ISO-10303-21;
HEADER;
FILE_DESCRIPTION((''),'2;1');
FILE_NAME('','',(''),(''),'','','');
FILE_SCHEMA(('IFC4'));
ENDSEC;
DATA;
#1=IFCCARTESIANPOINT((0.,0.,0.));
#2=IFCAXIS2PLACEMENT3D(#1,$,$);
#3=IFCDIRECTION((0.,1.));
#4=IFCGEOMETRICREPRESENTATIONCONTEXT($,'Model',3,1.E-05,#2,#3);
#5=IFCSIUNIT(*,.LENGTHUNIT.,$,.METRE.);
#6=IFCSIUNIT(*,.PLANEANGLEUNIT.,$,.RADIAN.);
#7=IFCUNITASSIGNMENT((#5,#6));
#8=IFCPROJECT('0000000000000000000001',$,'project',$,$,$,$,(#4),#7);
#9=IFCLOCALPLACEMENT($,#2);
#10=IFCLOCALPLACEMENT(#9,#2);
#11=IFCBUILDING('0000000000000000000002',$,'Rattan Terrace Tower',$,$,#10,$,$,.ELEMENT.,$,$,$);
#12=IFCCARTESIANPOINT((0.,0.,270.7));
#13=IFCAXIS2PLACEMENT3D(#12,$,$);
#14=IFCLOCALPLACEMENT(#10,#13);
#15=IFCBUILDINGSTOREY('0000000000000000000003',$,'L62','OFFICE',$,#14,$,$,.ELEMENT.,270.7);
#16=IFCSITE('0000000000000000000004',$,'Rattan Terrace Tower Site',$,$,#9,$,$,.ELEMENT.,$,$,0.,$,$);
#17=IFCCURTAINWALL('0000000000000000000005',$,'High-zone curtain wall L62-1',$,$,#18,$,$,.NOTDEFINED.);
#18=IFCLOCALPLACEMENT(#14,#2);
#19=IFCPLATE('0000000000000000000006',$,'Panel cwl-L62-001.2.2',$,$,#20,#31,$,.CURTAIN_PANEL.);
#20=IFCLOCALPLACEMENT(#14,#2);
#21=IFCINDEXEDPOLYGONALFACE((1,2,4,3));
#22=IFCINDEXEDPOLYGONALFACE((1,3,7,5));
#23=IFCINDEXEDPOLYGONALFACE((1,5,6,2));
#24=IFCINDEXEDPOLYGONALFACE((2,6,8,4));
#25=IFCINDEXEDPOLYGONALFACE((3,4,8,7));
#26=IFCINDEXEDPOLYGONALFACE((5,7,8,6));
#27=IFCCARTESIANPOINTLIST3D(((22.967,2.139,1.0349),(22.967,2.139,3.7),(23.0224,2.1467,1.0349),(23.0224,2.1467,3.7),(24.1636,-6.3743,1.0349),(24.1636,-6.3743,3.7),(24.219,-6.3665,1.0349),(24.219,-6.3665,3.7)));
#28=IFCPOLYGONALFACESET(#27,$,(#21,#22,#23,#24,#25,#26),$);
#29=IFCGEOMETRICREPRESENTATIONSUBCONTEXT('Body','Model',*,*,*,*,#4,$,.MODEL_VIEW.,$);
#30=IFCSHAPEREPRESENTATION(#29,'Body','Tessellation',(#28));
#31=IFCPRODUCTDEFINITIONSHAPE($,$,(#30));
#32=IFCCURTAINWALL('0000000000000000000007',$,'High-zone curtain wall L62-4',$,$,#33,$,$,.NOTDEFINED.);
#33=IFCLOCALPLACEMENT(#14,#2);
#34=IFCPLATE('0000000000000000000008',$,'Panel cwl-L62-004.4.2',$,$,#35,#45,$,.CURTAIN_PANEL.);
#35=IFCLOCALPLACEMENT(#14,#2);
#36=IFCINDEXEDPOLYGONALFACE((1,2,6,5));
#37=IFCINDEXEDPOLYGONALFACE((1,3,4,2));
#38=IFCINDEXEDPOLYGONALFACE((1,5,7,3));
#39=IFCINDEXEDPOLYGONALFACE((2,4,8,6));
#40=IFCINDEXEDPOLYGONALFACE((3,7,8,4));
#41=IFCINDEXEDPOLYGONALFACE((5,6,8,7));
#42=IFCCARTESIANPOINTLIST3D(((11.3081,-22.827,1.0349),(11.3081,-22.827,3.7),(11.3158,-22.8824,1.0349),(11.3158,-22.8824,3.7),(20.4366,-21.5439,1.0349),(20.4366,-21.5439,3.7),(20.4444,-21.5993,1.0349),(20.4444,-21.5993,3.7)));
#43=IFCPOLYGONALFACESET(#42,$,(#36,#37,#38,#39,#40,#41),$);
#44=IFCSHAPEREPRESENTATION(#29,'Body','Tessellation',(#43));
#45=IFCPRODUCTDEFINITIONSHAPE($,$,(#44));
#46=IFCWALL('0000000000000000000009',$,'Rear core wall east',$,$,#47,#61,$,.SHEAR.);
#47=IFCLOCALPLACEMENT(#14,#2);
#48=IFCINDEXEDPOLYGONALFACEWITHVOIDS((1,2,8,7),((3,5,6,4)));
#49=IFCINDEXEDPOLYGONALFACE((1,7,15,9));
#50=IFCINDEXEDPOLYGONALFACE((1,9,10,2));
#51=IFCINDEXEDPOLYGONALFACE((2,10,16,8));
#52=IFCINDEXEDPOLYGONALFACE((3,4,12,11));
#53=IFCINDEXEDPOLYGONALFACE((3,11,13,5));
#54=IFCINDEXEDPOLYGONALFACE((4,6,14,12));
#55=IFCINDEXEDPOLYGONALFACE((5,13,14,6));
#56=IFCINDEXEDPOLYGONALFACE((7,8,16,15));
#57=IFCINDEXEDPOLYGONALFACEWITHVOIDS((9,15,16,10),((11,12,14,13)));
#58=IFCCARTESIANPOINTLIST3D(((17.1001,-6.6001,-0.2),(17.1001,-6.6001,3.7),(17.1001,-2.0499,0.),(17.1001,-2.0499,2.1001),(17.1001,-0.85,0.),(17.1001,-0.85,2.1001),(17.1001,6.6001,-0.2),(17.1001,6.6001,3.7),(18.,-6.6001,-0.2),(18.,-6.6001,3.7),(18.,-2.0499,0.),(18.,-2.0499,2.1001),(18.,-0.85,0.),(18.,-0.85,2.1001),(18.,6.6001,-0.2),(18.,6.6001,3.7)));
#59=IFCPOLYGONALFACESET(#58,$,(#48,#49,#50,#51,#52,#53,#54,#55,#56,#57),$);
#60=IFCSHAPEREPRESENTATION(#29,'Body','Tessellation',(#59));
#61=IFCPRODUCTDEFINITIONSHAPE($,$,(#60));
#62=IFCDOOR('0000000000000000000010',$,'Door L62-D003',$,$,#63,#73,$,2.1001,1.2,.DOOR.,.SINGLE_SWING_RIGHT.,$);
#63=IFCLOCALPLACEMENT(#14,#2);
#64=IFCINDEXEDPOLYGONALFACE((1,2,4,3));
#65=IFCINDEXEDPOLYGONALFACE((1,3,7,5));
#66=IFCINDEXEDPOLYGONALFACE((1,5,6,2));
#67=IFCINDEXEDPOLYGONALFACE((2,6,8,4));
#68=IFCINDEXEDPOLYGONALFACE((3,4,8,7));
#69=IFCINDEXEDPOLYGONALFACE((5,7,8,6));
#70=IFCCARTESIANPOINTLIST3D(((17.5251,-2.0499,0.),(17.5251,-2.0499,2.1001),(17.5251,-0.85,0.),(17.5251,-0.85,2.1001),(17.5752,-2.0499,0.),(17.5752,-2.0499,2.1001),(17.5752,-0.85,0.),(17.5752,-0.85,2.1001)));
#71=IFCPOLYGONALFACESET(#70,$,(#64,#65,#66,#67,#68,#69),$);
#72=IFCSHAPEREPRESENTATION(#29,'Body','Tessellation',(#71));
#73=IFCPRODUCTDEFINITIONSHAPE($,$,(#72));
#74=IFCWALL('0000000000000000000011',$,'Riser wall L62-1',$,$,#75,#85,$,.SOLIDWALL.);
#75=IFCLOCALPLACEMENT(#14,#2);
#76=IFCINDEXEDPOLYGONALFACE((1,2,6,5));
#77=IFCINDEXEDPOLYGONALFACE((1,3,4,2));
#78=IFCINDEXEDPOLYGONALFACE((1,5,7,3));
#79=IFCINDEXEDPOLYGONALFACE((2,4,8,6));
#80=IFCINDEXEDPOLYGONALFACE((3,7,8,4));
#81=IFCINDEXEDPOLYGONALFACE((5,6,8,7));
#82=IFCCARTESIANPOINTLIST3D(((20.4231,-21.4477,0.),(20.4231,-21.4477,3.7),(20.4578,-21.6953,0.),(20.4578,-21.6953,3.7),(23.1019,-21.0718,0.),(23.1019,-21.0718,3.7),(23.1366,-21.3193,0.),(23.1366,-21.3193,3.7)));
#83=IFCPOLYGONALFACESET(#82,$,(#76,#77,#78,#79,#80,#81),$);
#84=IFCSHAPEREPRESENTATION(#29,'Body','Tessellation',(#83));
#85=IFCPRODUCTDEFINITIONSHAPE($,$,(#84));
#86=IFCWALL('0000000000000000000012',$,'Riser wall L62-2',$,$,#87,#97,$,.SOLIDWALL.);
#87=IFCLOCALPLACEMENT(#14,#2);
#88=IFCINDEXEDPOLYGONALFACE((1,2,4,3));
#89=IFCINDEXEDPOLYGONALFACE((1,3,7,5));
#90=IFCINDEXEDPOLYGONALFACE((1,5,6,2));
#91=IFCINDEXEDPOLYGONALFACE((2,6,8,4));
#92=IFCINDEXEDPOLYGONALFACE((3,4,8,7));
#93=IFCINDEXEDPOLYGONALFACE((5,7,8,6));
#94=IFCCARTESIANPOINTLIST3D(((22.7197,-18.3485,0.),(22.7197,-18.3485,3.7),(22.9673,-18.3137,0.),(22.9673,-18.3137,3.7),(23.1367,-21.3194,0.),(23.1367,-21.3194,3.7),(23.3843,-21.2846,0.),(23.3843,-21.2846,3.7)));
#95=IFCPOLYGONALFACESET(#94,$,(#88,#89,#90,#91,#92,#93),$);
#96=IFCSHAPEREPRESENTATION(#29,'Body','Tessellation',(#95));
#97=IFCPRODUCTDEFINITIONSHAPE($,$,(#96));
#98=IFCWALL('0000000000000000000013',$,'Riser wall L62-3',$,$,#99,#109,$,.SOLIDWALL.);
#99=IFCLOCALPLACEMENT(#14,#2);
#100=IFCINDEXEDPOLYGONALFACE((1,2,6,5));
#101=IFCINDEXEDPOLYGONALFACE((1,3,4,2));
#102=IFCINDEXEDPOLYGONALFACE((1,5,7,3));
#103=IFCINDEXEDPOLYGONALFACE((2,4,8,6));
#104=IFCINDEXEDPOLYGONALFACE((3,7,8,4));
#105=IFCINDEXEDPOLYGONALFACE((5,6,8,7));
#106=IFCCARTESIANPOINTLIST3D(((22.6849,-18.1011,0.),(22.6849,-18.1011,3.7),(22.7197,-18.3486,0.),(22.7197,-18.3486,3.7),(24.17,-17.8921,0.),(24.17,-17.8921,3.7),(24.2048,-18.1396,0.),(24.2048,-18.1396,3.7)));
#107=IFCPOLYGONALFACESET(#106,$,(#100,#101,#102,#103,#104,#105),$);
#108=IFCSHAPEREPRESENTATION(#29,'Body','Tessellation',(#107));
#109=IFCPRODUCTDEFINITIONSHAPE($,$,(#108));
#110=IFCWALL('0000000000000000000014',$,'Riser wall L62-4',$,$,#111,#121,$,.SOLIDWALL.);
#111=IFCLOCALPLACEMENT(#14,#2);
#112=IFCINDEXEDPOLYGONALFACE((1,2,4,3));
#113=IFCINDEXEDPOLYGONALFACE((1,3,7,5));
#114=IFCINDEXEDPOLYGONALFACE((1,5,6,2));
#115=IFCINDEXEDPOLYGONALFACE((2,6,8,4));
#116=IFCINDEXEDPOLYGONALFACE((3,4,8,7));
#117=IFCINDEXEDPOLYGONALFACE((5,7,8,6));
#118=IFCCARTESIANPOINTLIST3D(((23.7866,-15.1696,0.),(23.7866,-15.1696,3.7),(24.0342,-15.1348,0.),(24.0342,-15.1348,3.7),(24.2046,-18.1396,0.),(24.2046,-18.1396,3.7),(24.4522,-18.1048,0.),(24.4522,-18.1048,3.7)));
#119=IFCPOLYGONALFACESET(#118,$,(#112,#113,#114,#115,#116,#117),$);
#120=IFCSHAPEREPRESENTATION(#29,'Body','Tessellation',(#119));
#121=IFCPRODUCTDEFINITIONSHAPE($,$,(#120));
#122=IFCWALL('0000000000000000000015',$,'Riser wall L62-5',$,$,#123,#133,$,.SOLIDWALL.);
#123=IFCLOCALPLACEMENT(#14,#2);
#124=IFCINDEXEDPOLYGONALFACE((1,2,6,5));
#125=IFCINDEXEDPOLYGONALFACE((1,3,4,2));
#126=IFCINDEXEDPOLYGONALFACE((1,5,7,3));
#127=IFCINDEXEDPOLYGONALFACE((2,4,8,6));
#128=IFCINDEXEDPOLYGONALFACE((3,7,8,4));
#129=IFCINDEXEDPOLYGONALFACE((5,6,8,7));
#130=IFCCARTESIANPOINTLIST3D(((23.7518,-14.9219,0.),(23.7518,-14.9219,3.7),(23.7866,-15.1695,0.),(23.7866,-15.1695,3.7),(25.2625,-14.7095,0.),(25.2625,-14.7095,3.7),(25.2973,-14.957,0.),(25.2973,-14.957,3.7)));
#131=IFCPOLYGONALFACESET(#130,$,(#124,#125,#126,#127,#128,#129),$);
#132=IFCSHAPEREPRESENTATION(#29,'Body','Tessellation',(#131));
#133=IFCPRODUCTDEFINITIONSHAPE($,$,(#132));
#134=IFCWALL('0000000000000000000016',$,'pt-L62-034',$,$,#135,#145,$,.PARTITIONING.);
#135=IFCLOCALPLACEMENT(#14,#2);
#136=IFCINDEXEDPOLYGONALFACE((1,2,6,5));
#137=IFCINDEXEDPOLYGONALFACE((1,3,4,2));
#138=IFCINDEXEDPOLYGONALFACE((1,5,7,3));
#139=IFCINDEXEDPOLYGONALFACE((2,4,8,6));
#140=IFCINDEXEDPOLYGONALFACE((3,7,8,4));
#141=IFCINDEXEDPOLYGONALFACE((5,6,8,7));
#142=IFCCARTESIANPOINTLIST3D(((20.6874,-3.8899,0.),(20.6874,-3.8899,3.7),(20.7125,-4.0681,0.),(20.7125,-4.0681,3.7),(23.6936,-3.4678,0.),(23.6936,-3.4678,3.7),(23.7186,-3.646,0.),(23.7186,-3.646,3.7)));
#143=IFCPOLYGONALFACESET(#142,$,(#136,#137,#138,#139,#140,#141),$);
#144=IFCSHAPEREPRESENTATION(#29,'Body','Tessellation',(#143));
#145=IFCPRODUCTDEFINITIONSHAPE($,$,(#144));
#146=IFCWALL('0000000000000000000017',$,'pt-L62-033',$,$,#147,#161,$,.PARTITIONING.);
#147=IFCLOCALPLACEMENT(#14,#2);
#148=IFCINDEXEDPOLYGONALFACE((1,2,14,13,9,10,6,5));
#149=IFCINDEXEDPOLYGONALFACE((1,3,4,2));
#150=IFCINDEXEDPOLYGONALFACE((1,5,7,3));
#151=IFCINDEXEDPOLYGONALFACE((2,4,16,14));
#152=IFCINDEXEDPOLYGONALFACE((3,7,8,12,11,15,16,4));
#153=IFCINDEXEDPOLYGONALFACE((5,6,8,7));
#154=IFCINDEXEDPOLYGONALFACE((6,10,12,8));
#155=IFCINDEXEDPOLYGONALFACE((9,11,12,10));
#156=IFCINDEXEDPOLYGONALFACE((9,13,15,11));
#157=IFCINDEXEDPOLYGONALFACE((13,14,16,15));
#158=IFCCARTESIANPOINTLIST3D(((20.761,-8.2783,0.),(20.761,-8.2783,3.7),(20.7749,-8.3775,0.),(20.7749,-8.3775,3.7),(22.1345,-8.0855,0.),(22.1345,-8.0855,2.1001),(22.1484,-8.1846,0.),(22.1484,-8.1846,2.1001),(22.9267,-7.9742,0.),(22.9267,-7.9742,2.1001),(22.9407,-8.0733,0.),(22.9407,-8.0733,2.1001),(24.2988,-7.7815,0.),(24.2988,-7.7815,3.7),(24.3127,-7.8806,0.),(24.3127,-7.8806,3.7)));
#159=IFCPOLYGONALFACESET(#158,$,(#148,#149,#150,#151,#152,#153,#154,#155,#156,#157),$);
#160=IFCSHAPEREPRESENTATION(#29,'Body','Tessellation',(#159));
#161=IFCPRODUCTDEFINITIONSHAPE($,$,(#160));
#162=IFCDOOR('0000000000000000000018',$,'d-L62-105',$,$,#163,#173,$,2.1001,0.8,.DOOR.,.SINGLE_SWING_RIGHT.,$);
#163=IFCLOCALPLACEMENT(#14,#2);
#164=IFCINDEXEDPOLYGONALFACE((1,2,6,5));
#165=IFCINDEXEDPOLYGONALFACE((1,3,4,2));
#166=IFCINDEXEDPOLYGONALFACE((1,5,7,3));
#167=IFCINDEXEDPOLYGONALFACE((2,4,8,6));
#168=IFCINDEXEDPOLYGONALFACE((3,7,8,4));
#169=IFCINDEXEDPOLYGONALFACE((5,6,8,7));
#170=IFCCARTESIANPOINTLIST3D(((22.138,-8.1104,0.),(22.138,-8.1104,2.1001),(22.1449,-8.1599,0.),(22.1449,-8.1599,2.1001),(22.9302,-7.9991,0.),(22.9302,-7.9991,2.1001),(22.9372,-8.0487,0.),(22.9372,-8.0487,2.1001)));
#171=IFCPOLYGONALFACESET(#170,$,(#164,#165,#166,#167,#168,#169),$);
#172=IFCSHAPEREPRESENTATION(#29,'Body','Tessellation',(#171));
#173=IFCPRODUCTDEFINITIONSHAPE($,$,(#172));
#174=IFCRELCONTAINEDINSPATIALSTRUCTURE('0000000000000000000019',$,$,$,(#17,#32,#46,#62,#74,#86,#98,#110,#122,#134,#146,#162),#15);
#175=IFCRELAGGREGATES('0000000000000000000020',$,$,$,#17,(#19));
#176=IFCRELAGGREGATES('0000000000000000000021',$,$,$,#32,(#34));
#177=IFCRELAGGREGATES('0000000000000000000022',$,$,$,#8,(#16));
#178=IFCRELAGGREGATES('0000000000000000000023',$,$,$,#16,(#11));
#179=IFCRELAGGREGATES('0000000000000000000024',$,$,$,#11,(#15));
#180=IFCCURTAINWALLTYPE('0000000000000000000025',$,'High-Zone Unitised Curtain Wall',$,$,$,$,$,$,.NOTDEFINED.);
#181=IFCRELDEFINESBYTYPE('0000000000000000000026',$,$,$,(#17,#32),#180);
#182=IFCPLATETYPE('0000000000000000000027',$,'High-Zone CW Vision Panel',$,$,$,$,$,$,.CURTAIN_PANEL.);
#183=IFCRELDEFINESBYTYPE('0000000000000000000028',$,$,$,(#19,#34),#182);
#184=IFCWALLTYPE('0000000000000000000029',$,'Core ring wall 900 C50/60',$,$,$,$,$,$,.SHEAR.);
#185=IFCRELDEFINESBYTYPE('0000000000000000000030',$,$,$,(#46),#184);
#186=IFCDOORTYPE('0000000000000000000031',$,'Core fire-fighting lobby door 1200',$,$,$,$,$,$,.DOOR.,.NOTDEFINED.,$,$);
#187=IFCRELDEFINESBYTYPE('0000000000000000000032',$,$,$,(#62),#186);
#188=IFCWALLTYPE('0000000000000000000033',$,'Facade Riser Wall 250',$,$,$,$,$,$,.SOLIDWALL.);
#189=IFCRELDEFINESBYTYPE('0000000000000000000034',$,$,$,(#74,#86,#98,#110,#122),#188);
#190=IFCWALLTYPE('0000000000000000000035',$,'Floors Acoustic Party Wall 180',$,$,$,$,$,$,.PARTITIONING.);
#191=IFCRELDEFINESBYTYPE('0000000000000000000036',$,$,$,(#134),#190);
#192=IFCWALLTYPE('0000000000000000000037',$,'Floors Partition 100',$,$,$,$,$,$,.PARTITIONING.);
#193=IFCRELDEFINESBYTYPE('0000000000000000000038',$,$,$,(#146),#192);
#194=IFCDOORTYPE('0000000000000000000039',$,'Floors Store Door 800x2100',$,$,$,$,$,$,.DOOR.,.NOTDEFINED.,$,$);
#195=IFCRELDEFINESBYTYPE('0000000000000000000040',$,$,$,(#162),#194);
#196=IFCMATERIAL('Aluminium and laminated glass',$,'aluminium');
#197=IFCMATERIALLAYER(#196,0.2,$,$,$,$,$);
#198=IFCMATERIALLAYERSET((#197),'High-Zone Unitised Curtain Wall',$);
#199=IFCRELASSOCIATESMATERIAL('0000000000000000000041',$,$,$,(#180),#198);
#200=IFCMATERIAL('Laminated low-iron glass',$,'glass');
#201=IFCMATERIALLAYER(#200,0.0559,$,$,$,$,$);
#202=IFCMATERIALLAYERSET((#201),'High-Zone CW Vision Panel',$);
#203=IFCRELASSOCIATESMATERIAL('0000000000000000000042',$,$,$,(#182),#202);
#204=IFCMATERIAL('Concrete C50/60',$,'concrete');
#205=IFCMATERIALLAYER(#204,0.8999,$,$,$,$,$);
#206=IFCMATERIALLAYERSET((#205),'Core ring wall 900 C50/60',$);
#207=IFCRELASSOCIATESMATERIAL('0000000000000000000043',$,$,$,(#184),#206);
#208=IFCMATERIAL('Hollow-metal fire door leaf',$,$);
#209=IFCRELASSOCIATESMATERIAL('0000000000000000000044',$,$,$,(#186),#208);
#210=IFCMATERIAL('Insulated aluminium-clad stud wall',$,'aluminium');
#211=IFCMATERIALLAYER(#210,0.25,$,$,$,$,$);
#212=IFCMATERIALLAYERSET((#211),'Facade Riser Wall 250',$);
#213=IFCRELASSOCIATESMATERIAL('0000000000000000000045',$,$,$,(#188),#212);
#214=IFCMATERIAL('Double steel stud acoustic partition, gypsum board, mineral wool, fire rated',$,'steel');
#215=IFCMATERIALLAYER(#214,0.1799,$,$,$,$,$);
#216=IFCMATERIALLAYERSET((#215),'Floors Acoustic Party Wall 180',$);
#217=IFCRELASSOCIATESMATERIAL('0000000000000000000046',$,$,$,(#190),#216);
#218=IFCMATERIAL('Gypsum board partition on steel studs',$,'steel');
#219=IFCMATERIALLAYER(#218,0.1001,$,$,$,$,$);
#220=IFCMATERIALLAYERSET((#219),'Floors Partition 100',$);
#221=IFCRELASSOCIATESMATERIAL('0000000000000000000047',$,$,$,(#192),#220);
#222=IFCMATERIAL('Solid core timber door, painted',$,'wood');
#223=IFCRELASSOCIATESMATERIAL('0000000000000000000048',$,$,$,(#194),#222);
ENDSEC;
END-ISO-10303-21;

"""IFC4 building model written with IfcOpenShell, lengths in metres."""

from ifc_helpers import new_model, si_unit, direction, frame, frame_2d, origin, origin_2d, place, context, subcontext, project, spatial, rectangle, extrude, material, layer, layer_set, type_object, element, fill, aggregate, save


model = new_model("IFC4")

# Units and contexts
model_context = context("Model", 3, precision=1e-05, world=origin(), true_north=direction((0.0, 1.0)))
body_context = subcontext(model_context, "Body", "Model", "MODEL_VIEW")
ifc_project = project(units=[si_unit("LENGTHUNIT", "METRE"), si_unit("PLANEANGLEUNIT", "RADIAN")], contexts=[model_context])

# Site, building, storey
site_placement = place(None, origin())
site = spatial("IfcSite", under=ifc_project, at=site_placement, Name="Rattan Terrace Tower Site", CompositionType="ELEMENT", RefElevation=0.0)
building_placement = place(site_placement, origin())
building = spatial("IfcBuilding", under=site, at=building_placement, Name="Rattan Terrace Tower", CompositionType="ELEMENT")
storey_placement = place(building_placement, frame((0.0, 0.0, 270.7)))
storey = spatial("IfcBuildingStorey", under=building, at=storey_placement, Name="L62", Description="OFFICE", CompositionType="ELEMENT", Elevation=270.7)

# Curtain wall, plate
ifc_material_1 = material(Name="Aluminium and laminated glass", Category="aluminium")
ifc_layer_1 = layer(ifc_material_1, 0.2)
ifc_layer_set_1 = layer_set([ifc_layer_1], Name="High-Zone Unitised Curtain Wall")
curtain_wall_type = type_object("IfcCurtainWallType", Name="High-Zone Unitised Curtain Wall", PredefinedType="NOTDEFINED", material=ifc_layer_set_1)
curtain_wall_1_placement = place(storey_placement, origin())
curtain_wall_1 = element("IfcCurtainWall", 1, at=curtain_wall_1_placement, inside=storey, type_object=curtain_wall_type, Name="High-zone curtain wall L62-1", PredefinedType="NOTDEFINED")
ifc_material_2 = material(Name="Laminated low-iron glass", Category="glass")
ifc_layer_2 = layer(ifc_material_2, 0.0559)
ifc_layer_set_2 = layer_set([ifc_layer_2], Name="High-Zone CW Vision Panel")
plate_type_1 = type_object("IfcPlateType", Name="High-Zone CW Vision Panel", PredefinedType="CURTAIN_PANEL", material=ifc_layer_set_2)
plate_1_placement = place(storey_placement, frame((23.593, -2.1138, 1.0349), z_axis=(0.0, 0.0, 1.0), x_axis=(-0.139192, 0.990265, 0.0)))
plate_1 = element("IfcPlate", 2, at=plate_1_placement, type_object=plate_type_1, Name="Panel cwl-L62-001.2.2", PredefinedType="CURTAIN_PANEL", context=body_context, shape_type="SweptSolid", body=[
    extrude(rectangle(XDim=8.5969, YDim=0.0559, at=origin_2d()), origin(), (0.0, 0.0, 1.0), 2.665),
])
aggregate(curtain_wall_1, [plate_1])

# Curtain wall, plate
curtain_wall_2_placement = place(storey_placement, origin())
curtain_wall_2 = element("IfcCurtainWall", 3, at=curtain_wall_2_placement, inside=storey, type_object=curtain_wall_type, Name="High-zone curtain wall L62-4", PredefinedType="NOTDEFINED")
plate_2_placement = place(storey_placement, frame((15.8762, -22.2131, 1.0349), z_axis=(0.0, 0.0, 1.0), x_axis=(0.990266, 0.139189, 0.0)))
plate_2 = element("IfcPlate", 4, at=plate_2_placement, type_object=plate_type_1, Name="Panel cwl-L62-004.4.2", PredefinedType="CURTAIN_PANEL", context=body_context, shape_type="SweptSolid", body=[
    extrude(rectangle(XDim=9.2183, YDim=0.0559, at=origin_2d()), origin(), (0.0, 0.0, 1.0), 2.665),
])
aggregate(curtain_wall_2, [plate_2])

# Wall, opening, door
ifc_material_3 = material(Name="Concrete C50/60", Category="concrete")
ifc_layer_3 = layer(ifc_material_3, 0.8999)
ifc_layer_set_3 = layer_set([ifc_layer_3], Name="Core ring wall 900 C50/60")
wall_type_1 = type_object("IfcWallType", Name="Core ring wall 900 C50/60", PredefinedType="SHEAR", material=ifc_layer_set_3)
wall_1_placement = place(storey_placement, frame((17.55, -6.6001, -0.2), z_axis=(0.0, 0.0, 1.0), x_axis=(0.0, 1.0, 0.0)))
wall_1 = element("IfcWall", 5, at=wall_1_placement, inside=storey, type_object=wall_type_1, Name="Rear core wall east", PredefinedType="SHEAR", context=body_context, shape_type="SweptSolid", body=[
    extrude(rectangle(XDim=13.2002, YDim=0.8999, at=frame_2d((6.6001, 0.0))), origin(), (0.0, 0.0, 1.0), 3.8999),
])
opening_1_placement = place(wall_1_placement, frame((4.55, 0.0, 0.2)))
opening_1 = element("IfcOpeningElement", 6, at=opening_1_placement, cuts=wall_1, PredefinedType="OPENING", context=body_context, shape_type="SweptSolid", body=[
    extrude(rectangle(XDim=1.2, YDim=2.1001, at=frame_2d((0.6001, 1.05))), frame((0.0, 0.4604, 0.0), z_axis=(0.0, -1.0, 0.0), x_axis=(1.0, 0.0, 0.0)), (0.0, 0.0, 1.0), 0.9209),
])
ifc_material_4 = material(Name="Hollow-metal fire door leaf")
door_type_1 = type_object("IfcDoorType", Name="Core fire-fighting lobby door 1200", OperationType="NOTDEFINED", PredefinedType="DOOR", material=ifc_material_4)
door_1_placement = place(opening_1_placement, origin())
door_1 = element("IfcDoor", 7, at=door_1_placement, inside=storey, type_object=door_type_1, Name="Door L62-D003", OperationType="SINGLE_SWING_RIGHT", OverallHeight=2.1001, OverallWidth=1.2, PredefinedType="DOOR", context=body_context, shape_type="SweptSolid", body=[
    extrude(rectangle(XDim=1.2, YDim=2.1001, at=frame_2d((0.6001, 1.05))), frame((0.0, 0.0249, 0.0), z_axis=(0.0, -1.0, 0.0), x_axis=(1.0, 0.0, 0.0)), (0.0, 0.0, 1.0), 0.05),
])
fill(opening_1, door_1)

# Walls
ifc_material_5 = material(Name="Insulated aluminium-clad stud wall", Category="aluminium")
ifc_layer_4 = layer(ifc_material_5, 0.25)
ifc_layer_set_4 = layer_set([ifc_layer_4], Name="Facade Riser Wall 250")
wall_type_2 = type_object("IfcWallType", Name="Facade Riser Wall 250", PredefinedType="SOLIDWALL", material=ifc_layer_set_4)
wall_2_placement = place(storey_placement, frame((20.4404, -21.5715, 0.0), z_axis=(0.0, 0.0, 1.0), x_axis=(0.990293, 0.138995, 0.0)))
element("IfcWall", 8, at=wall_2_placement, inside=storey, type_object=wall_type_2, Name="Riser wall L62-1", PredefinedType="SOLIDWALL", context=body_context, shape_type="SweptSolid", body=[
    extrude(rectangle(XDim=2.7051, YDim=0.25, at=frame_2d((1.3525, 0.0))), origin(), (0.0, 0.0, 1.0), 3.7),
])
wall_3_placement = place(storey_placement, frame((23.2605, -21.302, 0.0), z_axis=(0.0, 0.0, 1.0), x_axis=(-0.138994, 0.990293, 0.0)))
element("IfcWall", 9, at=wall_3_placement, inside=storey, type_object=wall_type_2, Name="Riser wall L62-2", PredefinedType="SOLIDWALL", context=body_context, shape_type="SweptSolid", body=[
    extrude(rectangle(XDim=3.0, YDim=0.25, at=frame_2d((1.5, 0.0))), origin(), (0.0, 0.0, 1.0), 3.7),
])
wall_4_placement = place(storey_placement, frame((22.7021, -18.2249, 0.0), z_axis=(0.0, 0.0, 1.0), x_axis=(0.990244, 0.139347, 0.0)))
element("IfcWall", 10, at=wall_4_placement, inside=storey, type_object=wall_type_2, Name="Riser wall L62-3", PredefinedType="SOLIDWALL", context=body_context, shape_type="SweptSolid", body=[
    extrude(rectangle(XDim=1.4998, YDim=0.25, at=frame_2d((0.75, 0.0))), origin(), (0.0, 0.0, 1.0), 3.7),
])
wall_5_placement = place(storey_placement, frame((24.3284, -18.1221, 0.0), z_axis=(0.0, 0.0, 1.0), x_axis=(-0.139358, 0.990242, 0.0)))
element("IfcWall", 11, at=wall_5_placement, inside=storey, type_object=wall_type_2, Name="Riser wall L62-4", PredefinedType="SOLIDWALL", context=body_context, shape_type="SweptSolid", body=[
    extrude(rectangle(XDim=2.9993, YDim=0.25, at=frame_2d((1.4995, 0.0))), origin(), (0.0, 0.0, 1.0), 3.7),
])
wall_6_placement = place(storey_placement, frame((23.7693, -15.0457, 0.0), z_axis=(0.0, 0.0, 1.0), x_axis=(0.990261, 0.139225, 0.0)))
element("IfcWall", 12, at=wall_6_placement, inside=storey, type_object=wall_type_2, Name="Riser wall L62-5", PredefinedType="SOLIDWALL", context=body_context, shape_type="SweptSolid", body=[
    extrude(rectangle(XDim=1.5256, YDim=0.25, at=frame_2d((0.7627, 0.0))), origin(), (0.0, 0.0, 1.0), 3.7),
])
ifc_material_6 = material(Name="Double steel stud acoustic partition, gypsum board, mineral wool, fire rated", Category="steel")
ifc_layer_5 = layer(ifc_material_6, 0.1799)
ifc_layer_set_5 = layer_set([ifc_layer_5], Name="Floors Acoustic Party Wall 180")
wall_type_3 = type_object("IfcWallType", Name="Floors Acoustic Party Wall 180", PredefinedType="PARTITIONING", material=ifc_layer_set_5)
wall_7_placement = place(storey_placement, frame((20.7, -3.979, 0.0), z_axis=(0.0, 0.0, 1.0), x_axis=(0.990284, 0.139056, 0.0)))
element("IfcWall", 13, at=wall_7_placement, inside=storey, type_object=wall_type_3, Name="pt-L62-034", PredefinedType="PARTITIONING", context=body_context, shape_type="SweptSolid", body=[
    extrude(rectangle(XDim=3.0356, YDim=0.1799, at=frame_2d((1.5178, 0.0))), origin(), (0.0, 0.0, 1.0), 3.7),
])

# Wall, opening, door
ifc_material_7 = material(Name="Gypsum board partition on steel studs", Category="steel")
ifc_layer_6 = layer(ifc_material_7, 0.1001)
ifc_layer_set_6 = layer_set([ifc_layer_6], Name="Floors Partition 100")
wall_type_4 = type_object("IfcWallType", Name="Floors Partition 100", PredefinedType="PARTITIONING", material=ifc_layer_set_6)
wall_8_placement = place(storey_placement, frame((20.7681, -8.3279, 0.0), z_axis=(0.0, 0.0, 1.0), x_axis=(0.990283, 0.139067, 0.0)))
wall_8 = element("IfcWall", 14, at=wall_8_placement, inside=storey, type_object=wall_type_4, Name="pt-L62-033", PredefinedType="PARTITIONING", context=body_context, shape_type="SweptSolid", body=[
    extrude(rectangle(XDim=3.5725, YDim=0.1001, at=frame_2d((1.7861, 0.0))), origin(), (0.0, 0.0, 1.0), 3.7),
])
opening_2_placement = place(wall_8_placement, frame((1.387, 0.0, 0.0)))
opening_2 = element("IfcOpeningElement", 15, at=opening_2_placement, cuts=wall_8, PredefinedType="OPENING", context=body_context, shape_type="SweptSolid", body=[
    extrude(rectangle(XDim=0.8, YDim=2.1001, at=frame_2d((0.3999, 1.05))), frame((0.0, 0.0605, 0.0), z_axis=(0.0, -1.0, 0.0), x_axis=(1.0, 0.0, 0.0)), (0.0, 0.0, 1.0), 0.1211),
])
ifc_material_8 = material(Name="Solid core timber door, painted", Category="wood")
door_type_2 = type_object("IfcDoorType", Name="Floors Store Door 800x2100", OperationType="NOTDEFINED", PredefinedType="DOOR", material=ifc_material_8)
door_2_placement = place(opening_2_placement, origin())
door_2 = element("IfcDoor", 16, at=door_2_placement, inside=storey, type_object=door_type_2, Name="d-L62-105", OperationType="SINGLE_SWING_RIGHT", OverallHeight=2.1001, OverallWidth=0.8, PredefinedType="DOOR", context=body_context, shape_type="SweptSolid", body=[
    extrude(rectangle(XDim=0.8, YDim=2.1001, at=frame_2d((0.3999, 1.05))), frame((0.0, 0.0249, 0.0), z_axis=(0.0, -1.0, 0.0), x_axis=(1.0, 0.0, 0.0)), (0.0, 0.0, 1.0), 0.05),
])
fill(opening_2, door_2)

save(model, "model.ifc")
